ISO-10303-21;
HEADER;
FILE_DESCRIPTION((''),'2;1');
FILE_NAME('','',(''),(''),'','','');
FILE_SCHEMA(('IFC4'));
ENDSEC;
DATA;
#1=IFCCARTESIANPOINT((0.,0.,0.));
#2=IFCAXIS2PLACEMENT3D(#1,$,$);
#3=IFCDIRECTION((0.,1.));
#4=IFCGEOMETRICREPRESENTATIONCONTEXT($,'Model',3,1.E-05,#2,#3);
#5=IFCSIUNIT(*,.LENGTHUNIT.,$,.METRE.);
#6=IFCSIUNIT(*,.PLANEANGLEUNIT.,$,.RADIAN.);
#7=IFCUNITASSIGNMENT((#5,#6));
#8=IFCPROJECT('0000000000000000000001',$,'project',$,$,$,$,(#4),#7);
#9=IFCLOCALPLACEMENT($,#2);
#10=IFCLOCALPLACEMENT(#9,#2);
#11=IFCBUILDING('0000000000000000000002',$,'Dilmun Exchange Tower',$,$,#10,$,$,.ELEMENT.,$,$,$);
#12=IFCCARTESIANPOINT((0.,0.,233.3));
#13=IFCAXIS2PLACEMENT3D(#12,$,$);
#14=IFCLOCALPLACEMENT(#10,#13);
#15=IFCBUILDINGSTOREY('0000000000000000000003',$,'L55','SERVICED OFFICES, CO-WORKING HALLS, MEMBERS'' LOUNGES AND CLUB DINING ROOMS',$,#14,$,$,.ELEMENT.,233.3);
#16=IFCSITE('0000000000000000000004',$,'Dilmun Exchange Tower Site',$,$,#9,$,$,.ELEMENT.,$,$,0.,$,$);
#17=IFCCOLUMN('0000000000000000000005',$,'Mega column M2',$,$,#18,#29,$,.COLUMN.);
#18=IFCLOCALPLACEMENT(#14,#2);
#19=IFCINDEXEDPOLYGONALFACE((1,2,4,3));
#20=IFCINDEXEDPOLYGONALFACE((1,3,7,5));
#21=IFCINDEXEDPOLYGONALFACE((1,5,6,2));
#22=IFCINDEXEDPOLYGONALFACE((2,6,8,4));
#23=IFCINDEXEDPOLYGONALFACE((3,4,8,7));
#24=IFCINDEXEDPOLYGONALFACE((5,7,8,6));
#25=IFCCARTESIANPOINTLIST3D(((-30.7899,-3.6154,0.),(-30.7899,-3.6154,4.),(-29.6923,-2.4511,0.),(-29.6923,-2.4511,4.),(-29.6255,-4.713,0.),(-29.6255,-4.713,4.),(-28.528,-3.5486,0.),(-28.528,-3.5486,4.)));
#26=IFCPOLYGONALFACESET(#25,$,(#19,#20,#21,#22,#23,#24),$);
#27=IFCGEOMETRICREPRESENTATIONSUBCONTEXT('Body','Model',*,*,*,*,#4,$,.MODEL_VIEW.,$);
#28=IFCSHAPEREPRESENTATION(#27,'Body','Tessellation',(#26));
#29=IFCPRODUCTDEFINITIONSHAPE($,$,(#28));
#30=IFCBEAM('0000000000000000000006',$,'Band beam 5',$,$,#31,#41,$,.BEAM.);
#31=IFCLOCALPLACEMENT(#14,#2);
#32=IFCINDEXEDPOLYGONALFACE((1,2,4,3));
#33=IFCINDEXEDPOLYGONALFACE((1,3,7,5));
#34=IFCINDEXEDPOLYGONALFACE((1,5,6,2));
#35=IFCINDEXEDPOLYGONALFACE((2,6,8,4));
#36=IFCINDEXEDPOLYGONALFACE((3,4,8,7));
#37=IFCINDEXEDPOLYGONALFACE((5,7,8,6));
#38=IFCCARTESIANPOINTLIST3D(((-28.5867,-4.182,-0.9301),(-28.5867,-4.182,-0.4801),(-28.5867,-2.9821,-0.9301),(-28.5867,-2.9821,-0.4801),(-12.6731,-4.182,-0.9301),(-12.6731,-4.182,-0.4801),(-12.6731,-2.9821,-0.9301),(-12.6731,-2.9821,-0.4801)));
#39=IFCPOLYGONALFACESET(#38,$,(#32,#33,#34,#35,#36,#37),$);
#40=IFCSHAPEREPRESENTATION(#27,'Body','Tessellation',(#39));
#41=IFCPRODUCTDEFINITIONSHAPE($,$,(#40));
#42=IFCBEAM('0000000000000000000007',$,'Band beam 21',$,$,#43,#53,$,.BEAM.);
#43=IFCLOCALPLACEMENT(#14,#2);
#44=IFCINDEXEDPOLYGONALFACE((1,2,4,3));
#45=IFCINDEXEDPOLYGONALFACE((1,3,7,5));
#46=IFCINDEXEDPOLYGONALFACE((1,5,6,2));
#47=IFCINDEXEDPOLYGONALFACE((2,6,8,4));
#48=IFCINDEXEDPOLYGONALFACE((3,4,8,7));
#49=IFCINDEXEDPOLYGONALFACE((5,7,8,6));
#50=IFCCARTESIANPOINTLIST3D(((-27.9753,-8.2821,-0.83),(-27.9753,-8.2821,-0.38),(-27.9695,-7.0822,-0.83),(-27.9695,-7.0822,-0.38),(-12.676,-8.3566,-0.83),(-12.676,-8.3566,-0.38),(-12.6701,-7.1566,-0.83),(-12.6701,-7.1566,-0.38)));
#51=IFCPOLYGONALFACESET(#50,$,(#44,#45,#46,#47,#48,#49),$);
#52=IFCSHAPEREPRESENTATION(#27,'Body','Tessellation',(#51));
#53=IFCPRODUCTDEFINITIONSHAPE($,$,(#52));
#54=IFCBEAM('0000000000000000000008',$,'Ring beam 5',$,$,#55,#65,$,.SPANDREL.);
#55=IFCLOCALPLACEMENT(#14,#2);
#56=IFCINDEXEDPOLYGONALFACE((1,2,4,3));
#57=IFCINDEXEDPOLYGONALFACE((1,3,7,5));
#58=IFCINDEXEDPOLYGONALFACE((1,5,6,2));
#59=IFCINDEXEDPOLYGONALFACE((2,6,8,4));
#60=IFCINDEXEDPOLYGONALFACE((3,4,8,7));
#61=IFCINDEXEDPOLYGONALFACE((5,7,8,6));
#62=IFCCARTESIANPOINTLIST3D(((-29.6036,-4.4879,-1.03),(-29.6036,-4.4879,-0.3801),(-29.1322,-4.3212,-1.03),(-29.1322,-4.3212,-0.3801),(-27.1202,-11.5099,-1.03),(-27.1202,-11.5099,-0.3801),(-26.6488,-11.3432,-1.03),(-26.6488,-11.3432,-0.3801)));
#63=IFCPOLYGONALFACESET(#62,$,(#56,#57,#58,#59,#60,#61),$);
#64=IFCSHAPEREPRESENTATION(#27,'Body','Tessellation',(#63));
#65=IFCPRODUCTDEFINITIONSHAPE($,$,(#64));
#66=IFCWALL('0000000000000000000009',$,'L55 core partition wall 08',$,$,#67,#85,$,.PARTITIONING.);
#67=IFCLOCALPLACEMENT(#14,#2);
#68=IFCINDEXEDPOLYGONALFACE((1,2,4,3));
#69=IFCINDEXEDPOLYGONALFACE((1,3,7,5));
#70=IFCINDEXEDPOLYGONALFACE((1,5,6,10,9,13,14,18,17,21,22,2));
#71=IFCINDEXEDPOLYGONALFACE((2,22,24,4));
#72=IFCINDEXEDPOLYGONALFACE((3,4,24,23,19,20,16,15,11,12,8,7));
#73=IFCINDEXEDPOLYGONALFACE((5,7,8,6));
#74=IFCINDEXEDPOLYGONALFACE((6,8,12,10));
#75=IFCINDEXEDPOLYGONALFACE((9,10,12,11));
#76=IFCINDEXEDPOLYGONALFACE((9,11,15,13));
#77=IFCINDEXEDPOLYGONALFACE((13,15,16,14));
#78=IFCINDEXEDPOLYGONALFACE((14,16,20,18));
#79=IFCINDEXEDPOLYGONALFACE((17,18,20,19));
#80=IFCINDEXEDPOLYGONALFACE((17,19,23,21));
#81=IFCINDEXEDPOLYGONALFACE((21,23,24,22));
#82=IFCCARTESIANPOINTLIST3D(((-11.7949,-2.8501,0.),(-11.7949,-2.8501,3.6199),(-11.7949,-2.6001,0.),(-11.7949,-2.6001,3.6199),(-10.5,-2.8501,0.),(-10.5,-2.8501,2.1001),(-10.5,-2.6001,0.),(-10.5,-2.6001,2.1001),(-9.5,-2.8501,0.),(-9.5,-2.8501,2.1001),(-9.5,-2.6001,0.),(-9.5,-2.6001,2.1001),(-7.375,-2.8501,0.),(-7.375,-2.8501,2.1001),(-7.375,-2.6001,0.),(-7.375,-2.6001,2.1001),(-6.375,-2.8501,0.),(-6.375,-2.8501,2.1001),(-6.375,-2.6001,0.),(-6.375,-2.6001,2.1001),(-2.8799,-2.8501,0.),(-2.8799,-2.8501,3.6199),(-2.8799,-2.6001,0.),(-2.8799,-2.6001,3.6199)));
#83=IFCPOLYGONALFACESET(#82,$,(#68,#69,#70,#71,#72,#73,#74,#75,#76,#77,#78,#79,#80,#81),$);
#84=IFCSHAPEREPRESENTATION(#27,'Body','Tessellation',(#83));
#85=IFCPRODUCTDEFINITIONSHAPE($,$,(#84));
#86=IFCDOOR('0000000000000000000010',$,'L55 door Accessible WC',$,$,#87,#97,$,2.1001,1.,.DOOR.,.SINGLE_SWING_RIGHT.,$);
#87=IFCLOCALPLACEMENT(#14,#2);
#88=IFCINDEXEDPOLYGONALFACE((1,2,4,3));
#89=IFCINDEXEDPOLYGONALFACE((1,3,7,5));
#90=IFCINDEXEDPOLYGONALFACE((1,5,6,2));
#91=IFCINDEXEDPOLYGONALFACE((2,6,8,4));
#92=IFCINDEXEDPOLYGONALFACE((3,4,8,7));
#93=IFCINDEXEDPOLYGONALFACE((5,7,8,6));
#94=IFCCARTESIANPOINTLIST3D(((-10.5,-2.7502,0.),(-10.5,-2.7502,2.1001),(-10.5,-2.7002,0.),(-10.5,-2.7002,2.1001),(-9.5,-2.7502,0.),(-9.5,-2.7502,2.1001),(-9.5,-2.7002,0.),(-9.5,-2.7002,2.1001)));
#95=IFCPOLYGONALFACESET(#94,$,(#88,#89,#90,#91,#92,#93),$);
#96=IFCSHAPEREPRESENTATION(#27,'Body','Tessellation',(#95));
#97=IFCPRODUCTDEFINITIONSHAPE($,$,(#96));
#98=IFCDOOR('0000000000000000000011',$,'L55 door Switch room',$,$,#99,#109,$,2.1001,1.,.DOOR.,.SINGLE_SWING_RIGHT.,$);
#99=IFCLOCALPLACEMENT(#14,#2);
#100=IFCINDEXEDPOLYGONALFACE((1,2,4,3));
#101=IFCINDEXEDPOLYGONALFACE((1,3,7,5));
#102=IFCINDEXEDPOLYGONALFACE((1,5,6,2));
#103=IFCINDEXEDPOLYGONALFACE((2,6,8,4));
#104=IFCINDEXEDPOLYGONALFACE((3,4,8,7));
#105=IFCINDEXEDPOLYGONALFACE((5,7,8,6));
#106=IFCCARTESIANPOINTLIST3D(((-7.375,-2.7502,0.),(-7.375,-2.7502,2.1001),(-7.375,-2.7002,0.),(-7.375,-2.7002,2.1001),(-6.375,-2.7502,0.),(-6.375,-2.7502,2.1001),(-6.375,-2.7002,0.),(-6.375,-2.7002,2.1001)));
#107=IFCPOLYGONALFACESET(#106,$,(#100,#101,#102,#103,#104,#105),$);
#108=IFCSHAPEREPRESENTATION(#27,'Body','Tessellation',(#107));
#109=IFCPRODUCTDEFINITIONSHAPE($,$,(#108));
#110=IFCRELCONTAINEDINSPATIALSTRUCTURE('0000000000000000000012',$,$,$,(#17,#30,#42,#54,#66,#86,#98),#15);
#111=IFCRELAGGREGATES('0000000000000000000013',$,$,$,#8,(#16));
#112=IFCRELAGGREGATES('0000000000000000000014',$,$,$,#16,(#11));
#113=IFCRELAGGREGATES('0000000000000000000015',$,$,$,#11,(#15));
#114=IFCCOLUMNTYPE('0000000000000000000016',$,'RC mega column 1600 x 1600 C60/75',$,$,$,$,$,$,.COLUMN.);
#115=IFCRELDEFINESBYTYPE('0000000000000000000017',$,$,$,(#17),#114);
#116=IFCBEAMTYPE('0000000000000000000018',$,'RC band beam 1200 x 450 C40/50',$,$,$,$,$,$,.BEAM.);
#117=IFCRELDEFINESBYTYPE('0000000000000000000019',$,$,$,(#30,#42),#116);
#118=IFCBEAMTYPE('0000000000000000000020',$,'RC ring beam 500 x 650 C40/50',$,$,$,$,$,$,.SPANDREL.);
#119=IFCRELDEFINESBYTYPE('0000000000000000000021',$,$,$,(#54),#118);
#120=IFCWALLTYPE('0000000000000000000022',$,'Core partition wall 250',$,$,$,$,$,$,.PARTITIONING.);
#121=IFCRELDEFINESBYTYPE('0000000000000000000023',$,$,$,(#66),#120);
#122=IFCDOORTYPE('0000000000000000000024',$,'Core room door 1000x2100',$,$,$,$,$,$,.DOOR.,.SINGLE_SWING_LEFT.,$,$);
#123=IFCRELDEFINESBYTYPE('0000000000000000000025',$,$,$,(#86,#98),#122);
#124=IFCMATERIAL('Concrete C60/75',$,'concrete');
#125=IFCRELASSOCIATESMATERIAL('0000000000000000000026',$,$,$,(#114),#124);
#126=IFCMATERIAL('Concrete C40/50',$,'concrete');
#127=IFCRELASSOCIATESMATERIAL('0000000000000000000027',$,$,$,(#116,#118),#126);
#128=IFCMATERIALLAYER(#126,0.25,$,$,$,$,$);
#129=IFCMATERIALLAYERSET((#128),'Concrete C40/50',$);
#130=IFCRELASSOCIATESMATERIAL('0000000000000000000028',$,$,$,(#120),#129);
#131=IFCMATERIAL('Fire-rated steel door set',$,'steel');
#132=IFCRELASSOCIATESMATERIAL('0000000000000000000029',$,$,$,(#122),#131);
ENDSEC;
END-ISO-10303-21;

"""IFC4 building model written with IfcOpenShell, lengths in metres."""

from ifc_helpers import new_model, si_unit, direction, frame, frame_2d, origin, origin_2d, place, context, subcontext, project, spatial, rectangle, extrude, material, layer, layer_set, material_profile, profile_set, type_object, element, fill, save


model = new_model("IFC4")

# Units and contexts
model_context = context("Model", 3, precision=1e-05, world=origin(), true_north=direction((0.0, 1.0)))
body_context = subcontext(model_context, "Body", "Model", "MODEL_VIEW")
ifc_project = project(units=[si_unit("LENGTHUNIT", "METRE"), si_unit("PLANEANGLEUNIT", "RADIAN")], contexts=[model_context])

# Site, building, storey
site_placement = place(None, origin())
site = spatial("IfcSite", under=ifc_project, at=site_placement, Name="Dilmun Exchange Tower Site", CompositionType="ELEMENT", RefElevation=0.0)
building_placement = place(site_placement, origin())
building = spatial("IfcBuilding", under=site, at=building_placement, Name="Dilmun Exchange Tower", CompositionType="ELEMENT")
storey_placement = place(building_placement, frame((0.0, 0.0, 233.3)))
storey = spatial("IfcBuildingStorey", under=building, at=storey_placement, Name="L55", Description="SERVICED OFFICES, CO-WORKING HALLS, MEMBERS' LOUNGES AND CLUB DINING ROOMS", CompositionType="ELEMENT", Elevation=233.3)

# Column
ifc_material_1 = material(Name="Concrete C60/75", Category="concrete")
ifc_material_profile_1 = material_profile(ifc_material_1, rectangle(XDim=1.6001, YDim=1.6001, at=origin_2d()), Name="1600 x 1600")
ifc_profile_set_1 = profile_set([ifc_material_profile_1], Name="Concrete C60/75")
column_type = type_object("IfcColumnType", Name="RC mega column 1600 x 1600 C60/75", PredefinedType="COLUMN", material=ifc_profile_set_1)
column_placement = place(storey_placement, frame((-29.6589, -3.582, 0.0), z_axis=(0.0, 0.0, 1.0), x_axis=(0.685916, 0.727681, 0.0)))
element("IfcColumn", 1, at=column_placement, inside=storey, type_object=column_type, Name="Mega column M2", PredefinedType="COLUMN", context=body_context, shape_type="SweptSolid", body=[
    extrude(rectangle(XDim=1.6001, YDim=1.6001, at=origin_2d()), origin(), (0.0, 0.0, 1.0), 4.0),
])

# Beams
ifc_material_2 = material(Name="Concrete C40/50", Category="concrete")
ifc_material_profile_2 = material_profile(ifc_material_2, rectangle(XDim=1.2, YDim=0.45, at=origin_2d()), Name="1200 x 450")
ifc_profile_set_2 = profile_set([ifc_material_profile_2], Name="Concrete C40/50")
beam_type_1 = type_object("IfcBeamType", Name="RC band beam 1200 x 450 C40/50", PredefinedType="BEAM", material=ifc_profile_set_2)
beam_1_placement = place(storey_placement, frame((-28.5867, -3.582, -0.7051), z_axis=(1.0, 0.0, 0.0), x_axis=(0.0, 1.0, 0.0)))
element("IfcBeam", 2, at=beam_1_placement, inside=storey, type_object=beam_type_1, Name="Band beam 5", PredefinedType="BEAM", context=body_context, shape_type="SweptSolid", body=[
    extrude(rectangle(XDim=1.2, YDim=0.45, at=origin_2d()), origin(), (0.0, 0.0, 1.0), 15.9136),
])
beam_2_placement = place(storey_placement, frame((-27.9724, -7.6821, -0.605), z_axis=(0.999988, -0.004867, 0.0), x_axis=(0.004867, 0.999988, 0.0)))
element("IfcBeam", 3, at=beam_2_placement, inside=storey, type_object=beam_type_1, Name="Band beam 21", PredefinedType="BEAM", context=body_context, shape_type="SweptSolid", body=[
    extrude(rectangle(XDim=1.2, YDim=0.45, at=origin_2d()), origin(), (0.0, 0.0, 1.0), 15.2996),
])
ifc_material_profile_3 = material_profile(ifc_material_2, rectangle(XDim=0.5, YDim=0.6499, at=origin_2d()), Name="500 x 650")
ifc_profile_set_3 = profile_set([ifc_material_profile_3], Name="Concrete C40/50")
beam_type_2 = type_object("IfcBeamType", Name="RC ring beam 500 x 650 C40/50", PredefinedType="SPANDREL", material=ifc_profile_set_3)
beam_3_placement = place(storey_placement, frame((-29.3679, -4.4045, -0.7051), z_axis=(0.333424, -0.942777, 0.0), x_axis=(0.942777, 0.333424, 0.0)))
element("IfcBeam", 4, at=beam_3_placement, inside=storey, type_object=beam_type_2, Name="Ring beam 5", PredefinedType="SPANDREL", context=body_context, shape_type="SweptSolid", body=[
    extrude(rectangle(XDim=0.5, YDim=0.6499, at=origin_2d()), origin(), (0.0, 0.0, 1.0), 7.4482),
])

# Wall, openings, doors
ifc_layer_1 = layer(ifc_material_2, 0.25)
ifc_layer_set_1 = layer_set([ifc_layer_1], Name="Concrete C40/50")
wall_type_1 = type_object("IfcWallType", Name="Core partition wall 250", PredefinedType="PARTITIONING", material=ifc_layer_set_1)
wall_1_placement = place(storey_placement, frame((-11.7949, -2.7251, 0.0), z_axis=(0.0, 0.0, 1.0), x_axis=(1.0, 0.0, 0.0)))
wall_1 = element("IfcWall", 5, at=wall_1_placement, inside=storey, type_object=wall_type_1, Name="L55 core partition wall 08", PredefinedType="PARTITIONING", context=body_context, shape_type="SweptSolid", body=[
    extrude(rectangle(XDim=8.915, YDim=0.25, at=frame_2d((4.4575, 0.0))), origin(), (0.0, 0.0, 1.0), 3.6199),
])
opening_1_placement = place(wall_1_placement, frame((1.2949, 0.0, 0.0)))
opening_1 = element("IfcOpeningElement", 6, at=opening_1_placement, cuts=wall_1, PredefinedType="OPENING", context=body_context, shape_type="SweptSolid", body=[
    extrude(rectangle(XDim=1.0, YDim=2.1001, at=frame_2d((0.5, 1.05))), frame((0.0, 0.135, 0.0), z_axis=(0.0, -1.0, 0.0), x_axis=(1.0, 0.0, 0.0)), (0.0, 0.0, 1.0), 0.27),
])
opening_2_placement = place(wall_1_placement, frame((4.4199, 0.0, 0.0)))
opening_2 = element("IfcOpeningElement", 7, at=opening_2_placement, cuts=wall_1, PredefinedType="OPENING", context=body_context, shape_type="SweptSolid", body=[
    extrude(rectangle(XDim=1.0, YDim=2.1001, at=frame_2d((0.5, 1.05))), frame((0.0, 0.135, 0.0), z_axis=(0.0, -1.0, 0.0), x_axis=(1.0, 0.0, 0.0)), (0.0, 0.0, 1.0), 0.27),
])
ifc_material_3 = material(Name="Fire-rated steel door set", Category="steel")
door_type_1 = type_object("IfcDoorType", Name="Core room door 1000x2100", OperationType="SINGLE_SWING_LEFT", PredefinedType="DOOR", material=ifc_material_3)
door_1_placement = place(opening_1_placement, origin())
door_1 = element("IfcDoor", 8, at=door_1_placement, inside=storey, type_object=door_type_1, Name="L55 door Accessible WC", OperationType="SINGLE_SWING_RIGHT", OverallHeight=2.1001, OverallWidth=1.0, PredefinedType="DOOR", context=body_context, shape_type="SweptSolid", body=[
    extrude(rectangle(XDim=1.0, YDim=2.1001, at=frame_2d((0.5, 1.05))), frame((0.0, 0.0249, 0.0), z_axis=(0.0, -1.0, 0.0), x_axis=(1.0, 0.0, 0.0)), (0.0, 0.0, 1.0), 0.05),
])
fill(opening_1, door_1)
door_2_placement = place(opening_2_placement, origin())
door_2 = element("IfcDoor", 9, at=door_2_placement, inside=storey, type_object=door_type_1, Name="L55 door Switch room", OperationType="SINGLE_SWING_RIGHT", OverallHeight=2.1001, OverallWidth=1.0, PredefinedType="DOOR", context=body_context, shape_type="SweptSolid", body=[
    extrude(rectangle(XDim=1.0, YDim=2.1001, at=frame_2d((0.5, 1.05))), frame((0.0, 0.0249, 0.0), z_axis=(0.0, -1.0, 0.0), x_axis=(1.0, 0.0, 0.0)), (0.0, 0.0, 1.0), 0.05),
])
fill(opening_2, door_2)

save(model, "model.ifc")
